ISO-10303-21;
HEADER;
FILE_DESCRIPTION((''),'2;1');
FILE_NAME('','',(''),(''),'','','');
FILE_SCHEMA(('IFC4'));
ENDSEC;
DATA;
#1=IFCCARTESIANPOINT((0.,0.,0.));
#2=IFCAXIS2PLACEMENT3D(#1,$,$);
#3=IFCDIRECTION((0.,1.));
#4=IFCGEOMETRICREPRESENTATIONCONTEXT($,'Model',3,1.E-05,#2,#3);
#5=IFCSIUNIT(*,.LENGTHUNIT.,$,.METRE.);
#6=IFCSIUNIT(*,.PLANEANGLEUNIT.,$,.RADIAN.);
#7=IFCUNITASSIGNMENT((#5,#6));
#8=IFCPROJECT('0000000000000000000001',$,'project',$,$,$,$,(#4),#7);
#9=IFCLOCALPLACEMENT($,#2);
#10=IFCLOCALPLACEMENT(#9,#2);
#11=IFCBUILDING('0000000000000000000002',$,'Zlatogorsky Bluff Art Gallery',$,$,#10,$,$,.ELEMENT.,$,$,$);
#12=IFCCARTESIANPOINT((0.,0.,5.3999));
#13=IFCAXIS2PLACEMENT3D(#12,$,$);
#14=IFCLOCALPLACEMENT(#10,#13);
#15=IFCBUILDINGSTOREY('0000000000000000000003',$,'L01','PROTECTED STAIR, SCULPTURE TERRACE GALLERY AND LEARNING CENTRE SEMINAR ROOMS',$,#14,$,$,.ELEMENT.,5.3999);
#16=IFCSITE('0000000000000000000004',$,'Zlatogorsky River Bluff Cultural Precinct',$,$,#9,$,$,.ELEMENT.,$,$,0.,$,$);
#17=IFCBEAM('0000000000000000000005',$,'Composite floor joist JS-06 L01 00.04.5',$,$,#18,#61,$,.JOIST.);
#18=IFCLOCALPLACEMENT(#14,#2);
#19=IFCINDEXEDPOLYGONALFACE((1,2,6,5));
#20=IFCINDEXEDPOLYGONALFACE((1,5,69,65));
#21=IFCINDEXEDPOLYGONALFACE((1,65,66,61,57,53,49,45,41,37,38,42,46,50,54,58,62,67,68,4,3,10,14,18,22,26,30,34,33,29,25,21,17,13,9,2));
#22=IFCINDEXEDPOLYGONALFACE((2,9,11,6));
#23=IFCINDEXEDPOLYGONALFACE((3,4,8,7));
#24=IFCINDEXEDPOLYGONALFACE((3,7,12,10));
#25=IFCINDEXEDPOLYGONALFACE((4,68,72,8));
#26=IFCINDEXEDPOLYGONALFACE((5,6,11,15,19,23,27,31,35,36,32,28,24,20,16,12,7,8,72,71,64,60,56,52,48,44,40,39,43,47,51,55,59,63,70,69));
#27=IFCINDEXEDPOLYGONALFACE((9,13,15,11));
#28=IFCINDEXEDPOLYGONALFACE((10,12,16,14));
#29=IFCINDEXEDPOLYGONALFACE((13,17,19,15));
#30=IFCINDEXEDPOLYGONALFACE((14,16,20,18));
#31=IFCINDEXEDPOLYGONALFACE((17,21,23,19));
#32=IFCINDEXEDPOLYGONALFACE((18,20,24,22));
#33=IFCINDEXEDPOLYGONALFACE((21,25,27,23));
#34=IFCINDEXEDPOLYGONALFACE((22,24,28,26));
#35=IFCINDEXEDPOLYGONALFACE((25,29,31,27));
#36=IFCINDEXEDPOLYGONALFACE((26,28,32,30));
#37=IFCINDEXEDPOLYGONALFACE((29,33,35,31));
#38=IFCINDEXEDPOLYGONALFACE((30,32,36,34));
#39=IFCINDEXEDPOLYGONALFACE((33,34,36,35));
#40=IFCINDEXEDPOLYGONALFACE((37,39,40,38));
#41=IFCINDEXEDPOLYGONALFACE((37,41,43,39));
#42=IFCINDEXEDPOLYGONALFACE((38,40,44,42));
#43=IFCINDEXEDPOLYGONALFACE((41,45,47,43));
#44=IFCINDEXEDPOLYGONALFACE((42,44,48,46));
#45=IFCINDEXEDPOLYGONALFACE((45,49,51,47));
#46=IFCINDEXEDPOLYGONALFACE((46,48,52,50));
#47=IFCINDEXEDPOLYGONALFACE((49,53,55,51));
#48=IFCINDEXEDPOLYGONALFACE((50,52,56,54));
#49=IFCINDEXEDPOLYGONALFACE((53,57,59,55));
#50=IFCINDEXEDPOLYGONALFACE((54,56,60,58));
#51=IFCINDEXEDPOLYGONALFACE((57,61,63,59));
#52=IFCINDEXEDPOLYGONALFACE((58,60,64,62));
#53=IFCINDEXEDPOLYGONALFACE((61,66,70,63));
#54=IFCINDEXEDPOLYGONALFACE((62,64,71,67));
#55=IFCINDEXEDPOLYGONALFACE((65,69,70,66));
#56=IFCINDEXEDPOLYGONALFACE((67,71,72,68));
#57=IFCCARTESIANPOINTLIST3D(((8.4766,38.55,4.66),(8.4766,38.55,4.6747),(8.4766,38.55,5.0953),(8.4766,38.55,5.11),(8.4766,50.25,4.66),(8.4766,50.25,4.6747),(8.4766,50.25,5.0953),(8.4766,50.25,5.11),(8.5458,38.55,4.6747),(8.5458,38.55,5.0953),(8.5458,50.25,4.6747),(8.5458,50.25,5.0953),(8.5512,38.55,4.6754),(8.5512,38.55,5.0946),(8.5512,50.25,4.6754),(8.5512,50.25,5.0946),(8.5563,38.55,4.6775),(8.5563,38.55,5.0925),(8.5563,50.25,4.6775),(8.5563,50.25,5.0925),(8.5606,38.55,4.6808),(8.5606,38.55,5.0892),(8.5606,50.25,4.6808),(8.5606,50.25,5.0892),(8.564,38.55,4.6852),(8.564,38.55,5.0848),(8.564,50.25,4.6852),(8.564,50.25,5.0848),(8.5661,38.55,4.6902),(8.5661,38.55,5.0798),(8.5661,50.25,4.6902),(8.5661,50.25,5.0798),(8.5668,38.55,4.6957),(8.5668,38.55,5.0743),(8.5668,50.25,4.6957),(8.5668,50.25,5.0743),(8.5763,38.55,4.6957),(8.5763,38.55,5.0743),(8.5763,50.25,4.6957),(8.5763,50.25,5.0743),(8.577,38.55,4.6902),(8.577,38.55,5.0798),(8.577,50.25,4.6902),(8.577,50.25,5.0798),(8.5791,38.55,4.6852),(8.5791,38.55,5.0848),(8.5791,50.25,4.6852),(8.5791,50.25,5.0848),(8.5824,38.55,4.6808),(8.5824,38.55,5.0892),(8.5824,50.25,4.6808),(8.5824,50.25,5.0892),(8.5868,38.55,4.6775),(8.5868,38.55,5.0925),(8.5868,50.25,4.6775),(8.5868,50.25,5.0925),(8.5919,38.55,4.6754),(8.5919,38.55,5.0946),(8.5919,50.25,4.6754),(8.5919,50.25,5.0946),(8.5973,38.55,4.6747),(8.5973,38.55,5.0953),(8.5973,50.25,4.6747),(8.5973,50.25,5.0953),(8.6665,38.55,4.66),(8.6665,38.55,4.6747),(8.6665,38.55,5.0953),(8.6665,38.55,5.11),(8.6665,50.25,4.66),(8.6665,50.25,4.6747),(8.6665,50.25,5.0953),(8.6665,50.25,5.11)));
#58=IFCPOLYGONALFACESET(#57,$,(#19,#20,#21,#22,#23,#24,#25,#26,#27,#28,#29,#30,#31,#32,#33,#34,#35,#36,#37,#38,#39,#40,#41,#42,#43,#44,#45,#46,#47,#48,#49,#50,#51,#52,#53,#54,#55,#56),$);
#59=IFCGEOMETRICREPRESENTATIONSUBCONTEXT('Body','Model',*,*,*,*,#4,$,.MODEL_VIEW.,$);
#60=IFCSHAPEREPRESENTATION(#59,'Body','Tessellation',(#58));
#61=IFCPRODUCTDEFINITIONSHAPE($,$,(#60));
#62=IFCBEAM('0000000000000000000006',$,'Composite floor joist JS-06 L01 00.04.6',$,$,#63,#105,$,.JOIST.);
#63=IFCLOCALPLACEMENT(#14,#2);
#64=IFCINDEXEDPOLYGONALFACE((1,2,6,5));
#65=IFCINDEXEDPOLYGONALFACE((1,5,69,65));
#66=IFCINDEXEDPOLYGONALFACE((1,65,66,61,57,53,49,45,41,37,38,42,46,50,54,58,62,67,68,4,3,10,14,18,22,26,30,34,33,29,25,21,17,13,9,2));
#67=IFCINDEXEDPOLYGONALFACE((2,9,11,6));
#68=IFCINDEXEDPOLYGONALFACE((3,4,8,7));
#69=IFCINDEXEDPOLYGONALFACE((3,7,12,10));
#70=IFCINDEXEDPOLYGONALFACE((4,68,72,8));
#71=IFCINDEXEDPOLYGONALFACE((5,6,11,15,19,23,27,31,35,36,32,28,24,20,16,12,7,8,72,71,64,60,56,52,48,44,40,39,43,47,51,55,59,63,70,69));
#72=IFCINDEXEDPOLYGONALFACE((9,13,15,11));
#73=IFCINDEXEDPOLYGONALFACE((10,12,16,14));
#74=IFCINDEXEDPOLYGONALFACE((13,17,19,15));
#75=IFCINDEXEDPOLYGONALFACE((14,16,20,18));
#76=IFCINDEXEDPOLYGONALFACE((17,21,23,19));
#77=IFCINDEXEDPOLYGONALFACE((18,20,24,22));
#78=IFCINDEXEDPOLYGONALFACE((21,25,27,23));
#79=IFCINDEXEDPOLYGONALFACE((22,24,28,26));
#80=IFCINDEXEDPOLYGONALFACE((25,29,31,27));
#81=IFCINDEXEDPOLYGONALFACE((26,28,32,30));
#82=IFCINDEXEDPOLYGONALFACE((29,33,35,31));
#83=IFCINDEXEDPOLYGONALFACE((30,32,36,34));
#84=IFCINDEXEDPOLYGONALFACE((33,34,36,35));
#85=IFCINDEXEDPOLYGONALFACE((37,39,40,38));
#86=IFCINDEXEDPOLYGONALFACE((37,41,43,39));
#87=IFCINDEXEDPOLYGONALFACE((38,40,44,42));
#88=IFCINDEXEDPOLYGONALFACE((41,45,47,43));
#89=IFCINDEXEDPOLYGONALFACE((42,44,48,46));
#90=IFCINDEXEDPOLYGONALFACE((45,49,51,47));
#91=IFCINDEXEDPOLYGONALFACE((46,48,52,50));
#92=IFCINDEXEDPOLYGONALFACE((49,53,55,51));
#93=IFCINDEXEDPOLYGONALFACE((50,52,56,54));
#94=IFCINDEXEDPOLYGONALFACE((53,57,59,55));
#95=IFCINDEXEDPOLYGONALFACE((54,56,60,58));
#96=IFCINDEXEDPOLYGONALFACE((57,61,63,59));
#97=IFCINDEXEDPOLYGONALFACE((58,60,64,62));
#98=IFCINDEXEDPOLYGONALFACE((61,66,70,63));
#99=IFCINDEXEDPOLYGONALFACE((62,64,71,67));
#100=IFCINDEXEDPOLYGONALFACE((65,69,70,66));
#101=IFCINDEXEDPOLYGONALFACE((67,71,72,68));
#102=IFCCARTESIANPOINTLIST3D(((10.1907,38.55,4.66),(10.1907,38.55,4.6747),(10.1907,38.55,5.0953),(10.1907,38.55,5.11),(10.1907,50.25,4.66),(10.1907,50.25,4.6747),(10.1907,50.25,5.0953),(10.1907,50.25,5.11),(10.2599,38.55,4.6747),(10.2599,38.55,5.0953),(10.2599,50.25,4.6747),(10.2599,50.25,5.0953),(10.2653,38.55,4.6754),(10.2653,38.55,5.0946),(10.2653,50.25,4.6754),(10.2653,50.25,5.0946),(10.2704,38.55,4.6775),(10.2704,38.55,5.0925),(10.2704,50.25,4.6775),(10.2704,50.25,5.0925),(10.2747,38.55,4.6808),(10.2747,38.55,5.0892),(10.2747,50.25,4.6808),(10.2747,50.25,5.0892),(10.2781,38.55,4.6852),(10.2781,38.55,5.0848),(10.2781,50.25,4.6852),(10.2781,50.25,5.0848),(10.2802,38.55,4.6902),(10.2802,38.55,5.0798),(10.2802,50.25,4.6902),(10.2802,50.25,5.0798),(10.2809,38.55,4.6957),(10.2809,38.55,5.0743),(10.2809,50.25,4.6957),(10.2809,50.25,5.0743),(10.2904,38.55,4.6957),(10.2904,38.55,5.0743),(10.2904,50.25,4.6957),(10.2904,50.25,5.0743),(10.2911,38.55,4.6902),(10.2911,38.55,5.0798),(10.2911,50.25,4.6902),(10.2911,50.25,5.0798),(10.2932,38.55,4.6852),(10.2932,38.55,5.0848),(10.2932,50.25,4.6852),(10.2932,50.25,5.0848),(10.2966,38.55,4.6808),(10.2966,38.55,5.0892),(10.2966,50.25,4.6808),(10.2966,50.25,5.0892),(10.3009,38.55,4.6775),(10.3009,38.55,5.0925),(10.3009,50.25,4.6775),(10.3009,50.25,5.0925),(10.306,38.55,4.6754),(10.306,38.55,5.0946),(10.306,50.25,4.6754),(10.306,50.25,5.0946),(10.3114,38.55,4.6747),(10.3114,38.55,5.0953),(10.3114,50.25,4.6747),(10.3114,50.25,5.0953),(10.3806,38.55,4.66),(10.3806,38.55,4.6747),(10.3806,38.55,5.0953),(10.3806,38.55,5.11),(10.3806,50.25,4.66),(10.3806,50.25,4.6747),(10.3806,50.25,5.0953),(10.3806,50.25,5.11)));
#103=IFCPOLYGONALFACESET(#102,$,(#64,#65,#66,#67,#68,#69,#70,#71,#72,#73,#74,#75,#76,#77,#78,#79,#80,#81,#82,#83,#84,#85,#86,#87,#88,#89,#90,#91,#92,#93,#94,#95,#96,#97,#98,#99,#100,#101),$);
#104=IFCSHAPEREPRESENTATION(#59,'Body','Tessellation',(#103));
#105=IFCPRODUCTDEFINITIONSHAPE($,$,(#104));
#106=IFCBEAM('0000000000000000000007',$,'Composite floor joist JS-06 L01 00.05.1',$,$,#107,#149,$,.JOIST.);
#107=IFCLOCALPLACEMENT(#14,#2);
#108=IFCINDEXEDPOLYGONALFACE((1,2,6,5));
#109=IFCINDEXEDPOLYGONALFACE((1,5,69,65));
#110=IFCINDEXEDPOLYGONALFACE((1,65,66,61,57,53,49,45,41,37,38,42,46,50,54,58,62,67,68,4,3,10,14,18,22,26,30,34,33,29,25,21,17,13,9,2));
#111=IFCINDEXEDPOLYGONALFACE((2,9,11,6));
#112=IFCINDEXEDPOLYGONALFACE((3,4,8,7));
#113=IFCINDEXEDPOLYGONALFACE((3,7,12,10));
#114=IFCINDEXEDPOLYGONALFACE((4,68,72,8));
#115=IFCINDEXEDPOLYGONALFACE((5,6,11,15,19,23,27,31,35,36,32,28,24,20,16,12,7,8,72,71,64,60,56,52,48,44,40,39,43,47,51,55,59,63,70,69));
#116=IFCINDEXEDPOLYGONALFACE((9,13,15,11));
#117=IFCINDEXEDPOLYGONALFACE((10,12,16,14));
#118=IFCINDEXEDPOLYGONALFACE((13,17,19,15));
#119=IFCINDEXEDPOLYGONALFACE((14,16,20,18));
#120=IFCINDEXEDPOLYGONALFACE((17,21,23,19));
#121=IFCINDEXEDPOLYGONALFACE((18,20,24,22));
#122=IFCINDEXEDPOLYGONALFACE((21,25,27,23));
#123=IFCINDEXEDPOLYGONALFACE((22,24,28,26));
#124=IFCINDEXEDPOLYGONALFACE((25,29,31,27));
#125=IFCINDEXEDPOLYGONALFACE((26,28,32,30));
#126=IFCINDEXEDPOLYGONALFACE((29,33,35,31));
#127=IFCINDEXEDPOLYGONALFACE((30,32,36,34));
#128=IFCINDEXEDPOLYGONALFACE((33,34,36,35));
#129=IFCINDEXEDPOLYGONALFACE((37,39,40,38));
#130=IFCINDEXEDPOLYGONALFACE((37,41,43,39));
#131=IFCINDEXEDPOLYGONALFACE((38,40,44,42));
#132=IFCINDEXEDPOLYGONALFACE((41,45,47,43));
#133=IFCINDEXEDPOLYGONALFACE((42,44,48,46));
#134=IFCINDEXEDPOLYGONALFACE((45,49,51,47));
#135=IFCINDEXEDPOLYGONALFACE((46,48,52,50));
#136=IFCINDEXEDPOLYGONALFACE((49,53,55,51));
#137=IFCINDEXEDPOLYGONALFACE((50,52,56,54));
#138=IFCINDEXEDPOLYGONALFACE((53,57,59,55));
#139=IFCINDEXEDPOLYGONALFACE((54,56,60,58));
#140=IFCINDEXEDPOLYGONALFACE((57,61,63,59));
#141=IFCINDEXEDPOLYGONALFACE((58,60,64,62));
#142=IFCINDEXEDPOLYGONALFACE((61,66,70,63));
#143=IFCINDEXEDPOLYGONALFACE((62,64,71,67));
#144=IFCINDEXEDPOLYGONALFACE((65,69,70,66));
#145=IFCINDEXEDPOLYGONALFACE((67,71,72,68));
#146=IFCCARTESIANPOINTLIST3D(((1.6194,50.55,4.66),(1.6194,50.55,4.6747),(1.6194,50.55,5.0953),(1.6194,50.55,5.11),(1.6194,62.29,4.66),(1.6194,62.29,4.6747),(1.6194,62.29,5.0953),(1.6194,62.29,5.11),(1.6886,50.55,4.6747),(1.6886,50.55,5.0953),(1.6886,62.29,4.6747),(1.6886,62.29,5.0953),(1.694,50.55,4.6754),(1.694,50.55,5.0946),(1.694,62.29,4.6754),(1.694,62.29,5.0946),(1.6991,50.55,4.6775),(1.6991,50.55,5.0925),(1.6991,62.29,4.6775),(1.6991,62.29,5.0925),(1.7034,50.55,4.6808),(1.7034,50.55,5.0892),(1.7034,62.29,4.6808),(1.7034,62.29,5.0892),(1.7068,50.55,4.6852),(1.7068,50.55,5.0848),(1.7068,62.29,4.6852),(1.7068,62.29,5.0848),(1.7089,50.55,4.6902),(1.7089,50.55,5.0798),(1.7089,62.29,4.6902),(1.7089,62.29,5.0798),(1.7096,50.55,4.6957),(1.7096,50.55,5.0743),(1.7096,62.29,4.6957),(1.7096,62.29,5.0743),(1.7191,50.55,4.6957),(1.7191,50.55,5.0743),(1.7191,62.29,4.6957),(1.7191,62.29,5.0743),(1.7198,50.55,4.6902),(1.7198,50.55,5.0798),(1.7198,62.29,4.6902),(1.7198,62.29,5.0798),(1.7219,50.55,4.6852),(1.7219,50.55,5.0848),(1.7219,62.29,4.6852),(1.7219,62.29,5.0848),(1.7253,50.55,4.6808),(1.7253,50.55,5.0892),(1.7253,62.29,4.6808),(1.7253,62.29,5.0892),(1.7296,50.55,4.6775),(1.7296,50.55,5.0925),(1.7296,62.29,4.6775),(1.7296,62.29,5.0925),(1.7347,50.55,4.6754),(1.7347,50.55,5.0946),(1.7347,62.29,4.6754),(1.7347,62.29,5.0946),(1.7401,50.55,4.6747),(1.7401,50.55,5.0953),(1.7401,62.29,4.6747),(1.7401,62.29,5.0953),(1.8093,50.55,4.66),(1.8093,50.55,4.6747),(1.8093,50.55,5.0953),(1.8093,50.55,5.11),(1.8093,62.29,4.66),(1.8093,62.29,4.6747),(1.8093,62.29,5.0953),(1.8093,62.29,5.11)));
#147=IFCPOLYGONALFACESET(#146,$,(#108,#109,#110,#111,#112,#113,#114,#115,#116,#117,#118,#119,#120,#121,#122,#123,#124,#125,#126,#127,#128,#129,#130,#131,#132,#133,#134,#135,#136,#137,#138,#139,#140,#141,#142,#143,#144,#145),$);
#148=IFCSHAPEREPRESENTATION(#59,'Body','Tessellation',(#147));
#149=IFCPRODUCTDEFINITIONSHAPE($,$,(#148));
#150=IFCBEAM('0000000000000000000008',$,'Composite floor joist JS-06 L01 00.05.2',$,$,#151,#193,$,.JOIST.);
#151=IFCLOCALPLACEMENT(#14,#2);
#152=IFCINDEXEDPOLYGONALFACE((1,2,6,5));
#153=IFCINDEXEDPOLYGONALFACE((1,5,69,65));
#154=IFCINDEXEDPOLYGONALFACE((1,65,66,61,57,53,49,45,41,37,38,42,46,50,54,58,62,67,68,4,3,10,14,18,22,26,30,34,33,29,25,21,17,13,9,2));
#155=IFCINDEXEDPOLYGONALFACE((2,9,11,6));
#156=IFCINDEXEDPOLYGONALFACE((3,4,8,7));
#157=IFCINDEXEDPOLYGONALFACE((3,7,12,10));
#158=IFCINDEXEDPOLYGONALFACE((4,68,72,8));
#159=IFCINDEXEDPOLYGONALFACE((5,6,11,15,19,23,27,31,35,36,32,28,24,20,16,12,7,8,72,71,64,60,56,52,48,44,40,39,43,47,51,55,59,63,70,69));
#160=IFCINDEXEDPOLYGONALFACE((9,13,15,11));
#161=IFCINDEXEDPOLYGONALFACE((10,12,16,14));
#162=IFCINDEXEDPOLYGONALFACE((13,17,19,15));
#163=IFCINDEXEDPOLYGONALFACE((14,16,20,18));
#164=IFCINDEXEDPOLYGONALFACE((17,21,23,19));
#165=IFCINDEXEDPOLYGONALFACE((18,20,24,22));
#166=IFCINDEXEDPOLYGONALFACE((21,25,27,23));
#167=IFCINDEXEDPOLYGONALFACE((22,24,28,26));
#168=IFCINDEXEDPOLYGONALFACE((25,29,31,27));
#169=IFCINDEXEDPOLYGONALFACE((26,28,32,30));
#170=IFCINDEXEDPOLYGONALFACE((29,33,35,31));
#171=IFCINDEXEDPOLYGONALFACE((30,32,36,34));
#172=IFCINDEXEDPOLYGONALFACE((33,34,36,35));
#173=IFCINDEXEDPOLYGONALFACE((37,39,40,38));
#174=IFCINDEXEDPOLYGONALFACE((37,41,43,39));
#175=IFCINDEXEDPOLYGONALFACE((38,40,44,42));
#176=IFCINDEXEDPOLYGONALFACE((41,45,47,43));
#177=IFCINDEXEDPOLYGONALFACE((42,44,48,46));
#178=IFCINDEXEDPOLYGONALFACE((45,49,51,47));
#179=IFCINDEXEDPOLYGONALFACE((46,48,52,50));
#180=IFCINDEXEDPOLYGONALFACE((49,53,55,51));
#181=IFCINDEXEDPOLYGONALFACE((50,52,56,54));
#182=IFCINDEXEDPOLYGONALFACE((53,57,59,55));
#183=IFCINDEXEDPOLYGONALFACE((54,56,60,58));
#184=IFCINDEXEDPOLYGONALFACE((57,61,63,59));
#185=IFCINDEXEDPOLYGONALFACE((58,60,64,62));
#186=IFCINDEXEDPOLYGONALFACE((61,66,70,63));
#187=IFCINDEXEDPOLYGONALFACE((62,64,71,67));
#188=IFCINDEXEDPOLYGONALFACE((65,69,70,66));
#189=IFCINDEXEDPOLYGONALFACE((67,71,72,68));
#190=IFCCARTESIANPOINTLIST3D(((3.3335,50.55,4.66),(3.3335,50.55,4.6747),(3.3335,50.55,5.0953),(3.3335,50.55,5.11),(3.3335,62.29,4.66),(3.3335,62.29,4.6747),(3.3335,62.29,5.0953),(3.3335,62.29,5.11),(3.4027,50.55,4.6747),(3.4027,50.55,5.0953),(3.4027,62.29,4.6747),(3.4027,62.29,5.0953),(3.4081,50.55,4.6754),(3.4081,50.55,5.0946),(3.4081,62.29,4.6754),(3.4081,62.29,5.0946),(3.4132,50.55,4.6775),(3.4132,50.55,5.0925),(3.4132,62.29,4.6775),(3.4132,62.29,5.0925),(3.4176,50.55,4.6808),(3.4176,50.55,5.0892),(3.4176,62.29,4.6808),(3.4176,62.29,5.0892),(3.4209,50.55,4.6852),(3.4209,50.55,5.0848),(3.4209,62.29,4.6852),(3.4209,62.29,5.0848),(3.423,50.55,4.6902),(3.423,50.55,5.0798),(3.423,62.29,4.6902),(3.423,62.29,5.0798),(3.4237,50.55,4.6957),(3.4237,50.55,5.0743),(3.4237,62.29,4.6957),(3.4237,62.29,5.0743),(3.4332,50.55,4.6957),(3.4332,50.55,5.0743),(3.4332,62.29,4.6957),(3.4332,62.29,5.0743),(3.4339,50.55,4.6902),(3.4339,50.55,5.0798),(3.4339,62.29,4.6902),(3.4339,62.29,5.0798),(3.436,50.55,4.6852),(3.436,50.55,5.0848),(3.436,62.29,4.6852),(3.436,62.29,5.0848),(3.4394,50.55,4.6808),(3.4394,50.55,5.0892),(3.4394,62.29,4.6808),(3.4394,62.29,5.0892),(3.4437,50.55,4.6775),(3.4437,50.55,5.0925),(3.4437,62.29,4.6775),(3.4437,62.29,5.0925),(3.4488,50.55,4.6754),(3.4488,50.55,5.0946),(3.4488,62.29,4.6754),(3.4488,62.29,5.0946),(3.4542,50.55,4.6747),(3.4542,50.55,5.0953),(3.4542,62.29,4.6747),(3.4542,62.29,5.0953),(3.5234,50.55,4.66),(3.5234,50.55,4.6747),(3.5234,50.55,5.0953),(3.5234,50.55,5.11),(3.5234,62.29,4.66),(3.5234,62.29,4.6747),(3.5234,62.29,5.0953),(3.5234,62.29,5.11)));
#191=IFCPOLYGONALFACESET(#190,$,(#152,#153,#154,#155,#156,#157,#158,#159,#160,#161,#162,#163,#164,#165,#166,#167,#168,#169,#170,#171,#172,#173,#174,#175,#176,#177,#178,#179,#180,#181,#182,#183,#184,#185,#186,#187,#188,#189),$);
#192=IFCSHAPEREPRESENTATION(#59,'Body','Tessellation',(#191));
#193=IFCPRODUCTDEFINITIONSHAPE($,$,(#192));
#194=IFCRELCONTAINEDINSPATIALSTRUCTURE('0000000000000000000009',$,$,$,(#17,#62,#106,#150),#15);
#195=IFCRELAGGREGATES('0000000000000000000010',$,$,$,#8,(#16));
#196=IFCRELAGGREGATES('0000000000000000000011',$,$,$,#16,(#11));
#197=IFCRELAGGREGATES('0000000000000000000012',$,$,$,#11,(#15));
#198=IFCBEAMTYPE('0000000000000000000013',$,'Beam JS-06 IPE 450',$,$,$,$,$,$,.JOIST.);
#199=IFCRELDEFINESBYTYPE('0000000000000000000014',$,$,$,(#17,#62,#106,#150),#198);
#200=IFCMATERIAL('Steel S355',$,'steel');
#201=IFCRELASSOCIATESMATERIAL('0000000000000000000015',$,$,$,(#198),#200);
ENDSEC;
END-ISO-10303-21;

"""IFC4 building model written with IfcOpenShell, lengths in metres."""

from ifc_helpers import new_model, si_unit, direction, frame, origin, origin_2d, place, context, subcontext, project, spatial, i_section, extrude, material, material_profile, profile_set, type_object, element, save


model = new_model("IFC4")

# Units and contexts
model_context = context("Model", 3, precision=1e-05, world=origin(), true_north=direction((0.0, 1.0)))
body_context = subcontext(model_context, "Body", "Model", "MODEL_VIEW")
ifc_project = project(units=[si_unit("LENGTHUNIT", "METRE"), si_unit("PLANEANGLEUNIT", "RADIAN")], contexts=[model_context])

# Site, building, storey
site_placement = place(None, origin())
site = spatial("IfcSite", under=ifc_project, at=site_placement, Name="Zlatogorsky River Bluff Cultural Precinct", CompositionType="ELEMENT", RefElevation=0.0)
building_placement = place(site_placement, origin())
building = spatial("IfcBuilding", under=site, at=building_placement, Name="Zlatogorsky Bluff Art Gallery", CompositionType="ELEMENT")
storey_placement = place(building_placement, frame((0.0, 0.0, 5.3999)))
storey = spatial("IfcBuildingStorey", under=building, at=storey_placement, Name="L01", Description="PROTECTED STAIR, SCULPTURE TERRACE GALLERY AND LEARNING CENTRE SEMINAR ROOMS", CompositionType="ELEMENT", Elevation=5.3999)

# Shared definitions
ifc_material_1 = material(Name="Steel S355", Category="steel")

# Beams
ifc_material_profile_1 = material_profile(ifc_material_1, i_section(OverallWidth=0.1899, OverallDepth=0.45, WebThickness=0.0095, FlangeThickness=0.0146, FilletRadius=0.021, at=origin_2d()), Name="IPE 450")
ifc_profile_set_1 = profile_set([ifc_material_profile_1], Name="Steel S355")
beam_type_1 = type_object("IfcBeamType", Name="Beam JS-06 IPE 450", PredefinedType="JOIST", material=ifc_profile_set_1)
for number, where, z_axis, x_axis, name in (
    (1, (8.5715, 38.55, 4.885), (0.0, 1.0, 0.0), (-1.0, 0.0, 0.0), "Composite floor joist JS-06 L01 00.04.5"),
    (2, (10.2856, 38.55, 4.885), (0.0, 1.0, 0.0), (-1.0, 0.0, 0.0), "Composite floor joist JS-06 L01 00.04.6"),
):
    element("IfcBeam", number, at=place(storey_placement, frame(where, z_axis=z_axis, x_axis=x_axis)), inside=storey, type_object=beam_type_1, Name=name, PredefinedType="JOIST", context=body_context, shape_type="SweptSolid", body=[
        extrude(i_section(OverallWidth=0.1899, OverallDepth=0.45, WebThickness=0.0095, FlangeThickness=0.0146, FilletRadius=0.021, at=origin_2d()), origin(), (0.0, 0.0, 1.0), 11.7),
    ])
for number, where, z_axis, x_axis, name in (
    (3, (1.7144, 50.55, 4.885), (0.0, 1.0, 0.0), (-1.0, 0.0, 0.0), "Composite floor joist JS-06 L01 00.05.1"),
    (4, (3.4285, 50.55, 4.885), (0.0, 1.0, 0.0), (-1.0, 0.0, 0.0), "Composite floor joist JS-06 L01 00.05.2"),
):
    element("IfcBeam", number, at=place(storey_placement, frame(where, z_axis=z_axis, x_axis=x_axis)), inside=storey, type_object=beam_type_1, Name=name, PredefinedType="JOIST", context=body_context, shape_type="SweptSolid", body=[
        extrude(i_section(OverallWidth=0.1899, OverallDepth=0.45, WebThickness=0.0095, FlangeThickness=0.0146, FilletRadius=0.021, at=origin_2d()), origin(), (0.0, 0.0, 1.0), 11.74),
    ])

save(model, "model.ifc")
